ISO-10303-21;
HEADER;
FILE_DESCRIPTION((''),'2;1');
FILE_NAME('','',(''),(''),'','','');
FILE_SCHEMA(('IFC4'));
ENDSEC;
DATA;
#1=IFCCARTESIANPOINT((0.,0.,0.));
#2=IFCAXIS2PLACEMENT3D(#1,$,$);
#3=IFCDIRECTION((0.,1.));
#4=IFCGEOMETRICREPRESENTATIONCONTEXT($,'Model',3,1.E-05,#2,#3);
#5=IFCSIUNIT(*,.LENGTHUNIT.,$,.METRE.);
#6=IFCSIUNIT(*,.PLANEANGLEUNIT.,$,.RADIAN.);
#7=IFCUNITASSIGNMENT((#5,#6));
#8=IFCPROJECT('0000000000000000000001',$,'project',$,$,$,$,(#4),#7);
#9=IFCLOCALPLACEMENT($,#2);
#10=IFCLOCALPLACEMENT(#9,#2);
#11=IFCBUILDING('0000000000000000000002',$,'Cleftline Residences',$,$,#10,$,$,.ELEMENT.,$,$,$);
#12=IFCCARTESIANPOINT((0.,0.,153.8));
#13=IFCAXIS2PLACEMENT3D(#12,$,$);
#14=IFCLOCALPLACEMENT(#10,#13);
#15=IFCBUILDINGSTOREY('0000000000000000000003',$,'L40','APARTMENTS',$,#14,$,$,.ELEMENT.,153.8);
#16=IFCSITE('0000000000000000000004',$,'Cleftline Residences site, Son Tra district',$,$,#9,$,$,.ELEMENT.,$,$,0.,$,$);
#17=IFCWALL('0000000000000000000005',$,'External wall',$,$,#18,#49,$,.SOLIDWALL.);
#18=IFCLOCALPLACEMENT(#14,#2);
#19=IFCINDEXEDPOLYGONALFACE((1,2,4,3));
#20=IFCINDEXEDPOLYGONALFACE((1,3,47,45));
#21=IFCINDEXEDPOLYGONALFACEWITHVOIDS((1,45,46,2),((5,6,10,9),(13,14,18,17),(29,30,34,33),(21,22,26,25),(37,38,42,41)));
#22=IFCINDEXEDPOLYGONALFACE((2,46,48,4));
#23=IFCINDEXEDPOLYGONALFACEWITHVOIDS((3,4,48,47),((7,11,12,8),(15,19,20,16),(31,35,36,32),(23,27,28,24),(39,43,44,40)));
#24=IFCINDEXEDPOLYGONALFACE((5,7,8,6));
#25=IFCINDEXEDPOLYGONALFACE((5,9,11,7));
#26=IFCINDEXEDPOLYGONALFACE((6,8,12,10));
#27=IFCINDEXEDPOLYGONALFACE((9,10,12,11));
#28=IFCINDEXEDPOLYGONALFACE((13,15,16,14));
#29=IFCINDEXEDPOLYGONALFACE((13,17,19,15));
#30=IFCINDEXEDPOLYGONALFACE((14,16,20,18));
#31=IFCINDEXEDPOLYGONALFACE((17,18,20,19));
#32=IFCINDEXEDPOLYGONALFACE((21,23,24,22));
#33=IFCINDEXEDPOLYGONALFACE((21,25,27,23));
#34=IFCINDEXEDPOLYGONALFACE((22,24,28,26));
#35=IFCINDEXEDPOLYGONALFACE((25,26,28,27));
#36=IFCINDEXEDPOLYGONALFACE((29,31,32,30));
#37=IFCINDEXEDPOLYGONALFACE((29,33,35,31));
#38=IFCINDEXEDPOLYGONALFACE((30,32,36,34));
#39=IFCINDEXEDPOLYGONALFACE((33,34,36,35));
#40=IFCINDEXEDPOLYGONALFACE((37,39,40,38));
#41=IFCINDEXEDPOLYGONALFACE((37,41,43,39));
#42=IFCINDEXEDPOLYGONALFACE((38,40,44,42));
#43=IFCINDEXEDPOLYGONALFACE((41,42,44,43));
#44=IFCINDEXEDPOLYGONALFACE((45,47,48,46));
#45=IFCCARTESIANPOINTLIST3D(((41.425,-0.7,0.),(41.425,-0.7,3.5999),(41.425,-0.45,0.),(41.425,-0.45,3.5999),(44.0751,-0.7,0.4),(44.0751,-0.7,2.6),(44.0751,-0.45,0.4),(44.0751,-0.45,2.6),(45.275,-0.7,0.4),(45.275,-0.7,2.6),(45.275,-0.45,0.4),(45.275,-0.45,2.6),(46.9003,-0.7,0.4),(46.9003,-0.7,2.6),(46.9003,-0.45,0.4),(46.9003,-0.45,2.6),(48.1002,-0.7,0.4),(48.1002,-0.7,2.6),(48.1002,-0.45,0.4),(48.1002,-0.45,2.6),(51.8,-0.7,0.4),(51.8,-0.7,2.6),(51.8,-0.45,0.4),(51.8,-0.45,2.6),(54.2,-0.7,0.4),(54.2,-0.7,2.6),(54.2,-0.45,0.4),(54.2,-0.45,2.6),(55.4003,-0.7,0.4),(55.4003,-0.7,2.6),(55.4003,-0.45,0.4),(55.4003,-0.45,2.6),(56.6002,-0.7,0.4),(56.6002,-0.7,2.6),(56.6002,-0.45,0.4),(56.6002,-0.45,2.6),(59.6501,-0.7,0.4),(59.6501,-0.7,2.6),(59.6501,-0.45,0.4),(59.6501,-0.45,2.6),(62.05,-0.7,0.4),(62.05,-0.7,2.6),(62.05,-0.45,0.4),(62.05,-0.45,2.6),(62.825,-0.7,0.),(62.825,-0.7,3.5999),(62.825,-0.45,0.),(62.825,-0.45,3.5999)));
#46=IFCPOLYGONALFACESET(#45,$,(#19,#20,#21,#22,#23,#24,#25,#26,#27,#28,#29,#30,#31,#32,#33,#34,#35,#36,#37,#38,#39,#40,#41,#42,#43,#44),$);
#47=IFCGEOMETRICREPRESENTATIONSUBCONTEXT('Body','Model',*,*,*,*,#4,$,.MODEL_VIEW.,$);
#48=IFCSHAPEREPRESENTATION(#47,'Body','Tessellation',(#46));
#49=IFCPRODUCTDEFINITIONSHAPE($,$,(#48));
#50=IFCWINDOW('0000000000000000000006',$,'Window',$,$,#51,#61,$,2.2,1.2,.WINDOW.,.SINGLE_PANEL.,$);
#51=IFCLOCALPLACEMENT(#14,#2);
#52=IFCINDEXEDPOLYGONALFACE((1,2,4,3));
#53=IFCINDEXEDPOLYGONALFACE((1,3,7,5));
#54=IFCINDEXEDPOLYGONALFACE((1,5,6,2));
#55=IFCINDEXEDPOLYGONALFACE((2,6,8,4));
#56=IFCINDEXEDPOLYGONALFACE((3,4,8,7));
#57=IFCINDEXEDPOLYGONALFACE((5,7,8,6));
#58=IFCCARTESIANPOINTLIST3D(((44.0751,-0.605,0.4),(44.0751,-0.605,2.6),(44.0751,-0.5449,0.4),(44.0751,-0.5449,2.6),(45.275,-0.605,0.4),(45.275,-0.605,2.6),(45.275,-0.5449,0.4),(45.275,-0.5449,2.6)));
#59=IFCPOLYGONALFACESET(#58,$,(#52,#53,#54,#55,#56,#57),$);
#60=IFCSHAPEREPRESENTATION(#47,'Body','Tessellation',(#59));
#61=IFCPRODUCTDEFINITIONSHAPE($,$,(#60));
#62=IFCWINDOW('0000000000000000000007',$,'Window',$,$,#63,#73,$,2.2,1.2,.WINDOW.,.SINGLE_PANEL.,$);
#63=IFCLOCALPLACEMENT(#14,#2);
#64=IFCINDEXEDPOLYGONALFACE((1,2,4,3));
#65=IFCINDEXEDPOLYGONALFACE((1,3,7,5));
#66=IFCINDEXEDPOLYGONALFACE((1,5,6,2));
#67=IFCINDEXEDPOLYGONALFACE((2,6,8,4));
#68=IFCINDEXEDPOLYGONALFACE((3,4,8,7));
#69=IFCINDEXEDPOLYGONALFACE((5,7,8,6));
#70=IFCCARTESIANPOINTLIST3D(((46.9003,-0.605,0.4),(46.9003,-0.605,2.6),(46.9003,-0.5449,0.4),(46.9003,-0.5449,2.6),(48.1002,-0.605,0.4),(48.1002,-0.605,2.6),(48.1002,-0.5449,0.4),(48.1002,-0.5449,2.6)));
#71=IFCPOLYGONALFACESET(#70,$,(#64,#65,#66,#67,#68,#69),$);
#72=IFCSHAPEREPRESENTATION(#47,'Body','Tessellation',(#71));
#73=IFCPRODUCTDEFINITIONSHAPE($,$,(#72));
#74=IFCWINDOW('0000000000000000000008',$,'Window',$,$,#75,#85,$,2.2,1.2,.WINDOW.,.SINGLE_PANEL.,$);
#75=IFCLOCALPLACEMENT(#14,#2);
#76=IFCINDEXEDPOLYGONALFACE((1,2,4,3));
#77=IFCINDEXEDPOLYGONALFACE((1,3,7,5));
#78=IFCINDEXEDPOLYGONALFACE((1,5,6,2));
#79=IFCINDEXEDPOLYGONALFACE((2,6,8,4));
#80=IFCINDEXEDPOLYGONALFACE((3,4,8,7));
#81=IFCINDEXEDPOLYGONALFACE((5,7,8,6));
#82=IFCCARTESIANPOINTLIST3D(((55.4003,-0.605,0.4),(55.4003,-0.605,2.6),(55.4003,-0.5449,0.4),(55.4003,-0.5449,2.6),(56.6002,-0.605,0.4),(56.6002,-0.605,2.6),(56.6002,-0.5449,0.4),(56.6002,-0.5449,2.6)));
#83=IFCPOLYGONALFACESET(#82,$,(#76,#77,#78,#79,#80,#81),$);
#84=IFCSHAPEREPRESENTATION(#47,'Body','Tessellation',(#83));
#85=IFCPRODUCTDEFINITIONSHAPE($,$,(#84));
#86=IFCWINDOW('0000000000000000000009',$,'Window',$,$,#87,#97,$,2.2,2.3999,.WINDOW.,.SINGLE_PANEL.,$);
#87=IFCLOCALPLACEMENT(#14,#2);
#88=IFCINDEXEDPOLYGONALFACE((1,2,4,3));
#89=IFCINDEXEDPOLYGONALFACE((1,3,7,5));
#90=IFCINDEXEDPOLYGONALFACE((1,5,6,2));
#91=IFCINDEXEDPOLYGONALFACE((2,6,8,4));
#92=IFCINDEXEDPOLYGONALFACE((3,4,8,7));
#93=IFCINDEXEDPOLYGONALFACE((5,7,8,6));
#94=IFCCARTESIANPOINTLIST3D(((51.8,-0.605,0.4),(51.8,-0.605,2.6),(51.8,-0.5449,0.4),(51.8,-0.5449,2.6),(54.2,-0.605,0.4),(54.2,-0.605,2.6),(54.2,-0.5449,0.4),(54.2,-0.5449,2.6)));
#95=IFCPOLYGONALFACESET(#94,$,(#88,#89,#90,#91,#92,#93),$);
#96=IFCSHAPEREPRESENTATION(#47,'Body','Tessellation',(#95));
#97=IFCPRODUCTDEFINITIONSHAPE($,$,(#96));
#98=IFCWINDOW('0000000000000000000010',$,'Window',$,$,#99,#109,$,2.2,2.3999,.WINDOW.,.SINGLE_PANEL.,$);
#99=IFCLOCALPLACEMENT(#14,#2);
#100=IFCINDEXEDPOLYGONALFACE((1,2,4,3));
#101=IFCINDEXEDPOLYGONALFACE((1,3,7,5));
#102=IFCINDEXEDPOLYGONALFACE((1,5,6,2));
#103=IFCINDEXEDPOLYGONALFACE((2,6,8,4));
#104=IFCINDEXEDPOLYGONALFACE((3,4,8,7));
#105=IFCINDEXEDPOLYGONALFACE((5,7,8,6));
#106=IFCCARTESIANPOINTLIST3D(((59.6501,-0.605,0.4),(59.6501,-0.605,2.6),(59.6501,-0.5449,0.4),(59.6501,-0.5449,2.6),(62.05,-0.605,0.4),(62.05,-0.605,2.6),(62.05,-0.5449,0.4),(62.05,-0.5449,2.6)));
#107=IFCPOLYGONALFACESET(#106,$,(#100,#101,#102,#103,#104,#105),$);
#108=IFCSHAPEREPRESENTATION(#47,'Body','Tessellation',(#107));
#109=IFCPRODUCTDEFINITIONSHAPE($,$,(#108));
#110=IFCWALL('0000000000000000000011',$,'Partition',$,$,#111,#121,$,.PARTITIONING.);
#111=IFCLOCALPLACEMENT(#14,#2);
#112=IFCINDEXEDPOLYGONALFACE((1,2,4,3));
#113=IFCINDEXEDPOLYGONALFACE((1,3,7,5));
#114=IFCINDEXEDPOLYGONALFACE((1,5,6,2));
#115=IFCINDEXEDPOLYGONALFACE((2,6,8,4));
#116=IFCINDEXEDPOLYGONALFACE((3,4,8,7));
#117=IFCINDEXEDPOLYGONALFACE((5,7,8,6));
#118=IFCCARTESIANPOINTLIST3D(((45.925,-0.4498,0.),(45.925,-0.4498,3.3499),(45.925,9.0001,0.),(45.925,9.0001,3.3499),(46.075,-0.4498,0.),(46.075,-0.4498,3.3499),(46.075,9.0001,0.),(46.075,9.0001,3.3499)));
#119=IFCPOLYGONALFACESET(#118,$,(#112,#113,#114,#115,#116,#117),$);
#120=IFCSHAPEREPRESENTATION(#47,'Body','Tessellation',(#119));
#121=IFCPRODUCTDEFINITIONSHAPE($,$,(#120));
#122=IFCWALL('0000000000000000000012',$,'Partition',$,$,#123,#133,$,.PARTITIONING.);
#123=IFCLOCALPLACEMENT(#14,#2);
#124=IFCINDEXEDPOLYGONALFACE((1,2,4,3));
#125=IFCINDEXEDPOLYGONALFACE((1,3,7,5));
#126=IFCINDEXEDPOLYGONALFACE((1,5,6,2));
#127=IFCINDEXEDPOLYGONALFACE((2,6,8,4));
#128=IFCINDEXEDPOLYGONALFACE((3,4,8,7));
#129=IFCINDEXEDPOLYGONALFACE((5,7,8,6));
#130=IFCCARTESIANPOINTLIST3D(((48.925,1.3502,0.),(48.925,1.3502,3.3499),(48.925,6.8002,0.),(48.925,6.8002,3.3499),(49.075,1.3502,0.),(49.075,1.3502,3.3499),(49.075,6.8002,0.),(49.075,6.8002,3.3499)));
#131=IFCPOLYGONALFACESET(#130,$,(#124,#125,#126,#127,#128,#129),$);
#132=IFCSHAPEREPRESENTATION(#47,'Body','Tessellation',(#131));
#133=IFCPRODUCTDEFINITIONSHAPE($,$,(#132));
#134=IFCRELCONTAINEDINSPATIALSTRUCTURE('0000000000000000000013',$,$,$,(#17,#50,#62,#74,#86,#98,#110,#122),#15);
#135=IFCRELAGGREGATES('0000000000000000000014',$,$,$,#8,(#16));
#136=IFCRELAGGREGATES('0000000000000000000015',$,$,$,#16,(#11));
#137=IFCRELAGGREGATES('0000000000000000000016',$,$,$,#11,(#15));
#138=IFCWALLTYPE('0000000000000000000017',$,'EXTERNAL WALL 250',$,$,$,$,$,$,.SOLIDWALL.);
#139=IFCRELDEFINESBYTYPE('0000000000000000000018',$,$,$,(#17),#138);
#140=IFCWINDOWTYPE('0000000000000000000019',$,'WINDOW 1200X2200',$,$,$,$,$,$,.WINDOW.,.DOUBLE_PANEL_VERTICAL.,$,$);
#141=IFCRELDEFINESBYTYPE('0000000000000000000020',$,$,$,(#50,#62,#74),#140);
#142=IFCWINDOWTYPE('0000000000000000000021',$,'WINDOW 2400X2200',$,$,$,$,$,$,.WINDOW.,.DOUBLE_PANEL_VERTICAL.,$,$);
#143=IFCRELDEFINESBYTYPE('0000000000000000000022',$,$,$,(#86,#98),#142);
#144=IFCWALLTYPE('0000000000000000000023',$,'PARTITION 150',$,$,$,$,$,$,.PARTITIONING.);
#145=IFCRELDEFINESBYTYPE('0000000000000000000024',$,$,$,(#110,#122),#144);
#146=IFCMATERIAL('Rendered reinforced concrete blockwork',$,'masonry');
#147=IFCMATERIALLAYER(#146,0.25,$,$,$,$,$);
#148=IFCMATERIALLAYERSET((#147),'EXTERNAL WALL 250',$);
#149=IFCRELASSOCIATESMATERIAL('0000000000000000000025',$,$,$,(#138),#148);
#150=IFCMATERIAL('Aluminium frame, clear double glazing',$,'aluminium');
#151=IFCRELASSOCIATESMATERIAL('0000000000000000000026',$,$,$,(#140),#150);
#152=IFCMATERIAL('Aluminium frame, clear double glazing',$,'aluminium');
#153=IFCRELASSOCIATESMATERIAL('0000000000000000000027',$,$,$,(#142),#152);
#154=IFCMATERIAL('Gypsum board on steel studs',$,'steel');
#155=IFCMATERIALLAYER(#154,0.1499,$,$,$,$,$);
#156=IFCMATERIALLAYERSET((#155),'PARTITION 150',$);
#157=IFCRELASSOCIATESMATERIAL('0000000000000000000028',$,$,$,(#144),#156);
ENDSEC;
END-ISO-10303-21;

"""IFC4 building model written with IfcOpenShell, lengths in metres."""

from ifc_helpers import new_model, si_unit, direction, frame, frame_2d, origin, place, context, subcontext, project, spatial, rectangle, extrude, material, layer, layer_set, type_object, element, fill, save


model = new_model("IFC4")

# Units and contexts
model_context = context("Model", 3, precision=1e-05, world=origin(), true_north=direction((0.0, 1.0)))
body_context = subcontext(model_context, "Body", "Model", "MODEL_VIEW")
ifc_project = project(units=[si_unit("LENGTHUNIT", "METRE"), si_unit("PLANEANGLEUNIT", "RADIAN")], contexts=[model_context])

# Site, building, storey
site_placement = place(None, origin())
site = spatial("IfcSite", under=ifc_project, at=site_placement, Name="Cleftline Residences site, Son Tra district", CompositionType="ELEMENT", RefElevation=0.0)
building_placement = place(site_placement, origin())
building = spatial("IfcBuilding", under=site, at=building_placement, Name="Cleftline Residences", CompositionType="ELEMENT")
storey_placement = place(building_placement, frame((0.0, 0.0, 153.8)))
storey = spatial("IfcBuildingStorey", under=building, at=storey_placement, Name="L40", Description="APARTMENTS", CompositionType="ELEMENT", Elevation=153.8)

# Wall, openings, windows
ifc_material_1 = material(Name="Rendered reinforced concrete blockwork", Category="masonry")
ifc_layer_1 = layer(ifc_material_1, 0.25)
ifc_layer_set_1 = layer_set([ifc_layer_1], Name="EXTERNAL WALL 250")
wall_type_1 = type_object("IfcWallType", Name="EXTERNAL WALL 250", PredefinedType="SOLIDWALL", material=ifc_layer_set_1)
wall_1_placement = place(storey_placement, frame((41.425, -0.575, 0.0), z_axis=(0.0, 0.0, 1.0), x_axis=(1.0, 0.0, 0.0)))
wall_1 = element("IfcWall", 1, at=wall_1_placement, inside=storey, type_object=wall_type_1, Name="External wall", PredefinedType="SOLIDWALL", context=body_context, shape_type="SweptSolid", body=[
    extrude(rectangle(XDim=21.3999, YDim=0.25, at=frame_2d((10.7, 0.0))), origin(), (0.0, 0.0, 1.0), 3.5999),
])
opening_1_placement = place(wall_1_placement, frame((2.6499, 0.0, 0.3999)))
opening_1 = element("IfcOpeningElement", 2, at=opening_1_placement, cuts=wall_1, PredefinedType="OPENING", context=body_context, shape_type="SweptSolid", body=[
    extrude(rectangle(XDim=1.2, YDim=2.2, at=frame_2d((0.6001, 1.1001))), frame((0.0, 0.135, 0.0), z_axis=(0.0, -1.0, 0.0), x_axis=(1.0, 0.0, 0.0)), (0.0, 0.0, 1.0), 0.27),
])
opening_2_placement = place(wall_1_placement, frame((5.4751, 0.0, 0.3999)))
opening_2 = element("IfcOpeningElement", 3, at=opening_2_placement, cuts=wall_1, PredefinedType="OPENING", context=body_context, shape_type="SweptSolid", body=[
    extrude(rectangle(XDim=1.2, YDim=2.2, at=frame_2d((0.6001, 1.1001))), frame((0.0, 0.135, 0.0), z_axis=(0.0, -1.0, 0.0), x_axis=(1.0, 0.0, 0.0)), (0.0, 0.0, 1.0), 0.27),
])
opening_3_placement = place(wall_1_placement, frame((10.375, 0.0, 0.3999)))
opening_3 = element("IfcOpeningElement", 4, at=opening_3_placement, cuts=wall_1, PredefinedType="OPENING", context=body_context, shape_type="SweptSolid", body=[
    extrude(rectangle(XDim=2.3999, YDim=2.2, at=frame_2d((1.2, 1.1001))), frame((0.0, 0.135, 0.0), z_axis=(0.0, -1.0, 0.0), x_axis=(1.0, 0.0, 0.0)), (0.0, 0.0, 1.0), 0.27),
])
opening_4_placement = place(wall_1_placement, frame((13.9751, 0.0, 0.3999)))
opening_4 = element("IfcOpeningElement", 5, at=opening_4_placement, cuts=wall_1, PredefinedType="OPENING", context=body_context, shape_type="SweptSolid", body=[
    extrude(rectangle(XDim=1.2, YDim=2.2, at=frame_2d((0.6001, 1.1001))), frame((0.0, 0.135, 0.0), z_axis=(0.0, -1.0, 0.0), x_axis=(1.0, 0.0, 0.0)), (0.0, 0.0, 1.0), 0.27),
])
opening_5_placement = place(wall_1_placement, frame((18.2251, 0.0, 0.3999)))
opening_5 = element("IfcOpeningElement", 6, at=opening_5_placement, cuts=wall_1, PredefinedType="OPENING", context=body_context, shape_type="SweptSolid", body=[
    extrude(rectangle(XDim=2.3999, YDim=2.2, at=frame_2d((1.2, 1.1001))), frame((0.0, 0.135, 0.0), z_axis=(0.0, -1.0, 0.0), x_axis=(1.0, 0.0, 0.0)), (0.0, 0.0, 1.0), 0.27),
])
ifc_material_2 = material(Name="Aluminium frame, clear double glazing", Category="aluminium")
window_type_1 = type_object("IfcWindowType", Name="WINDOW 1200X2200", PartitioningType="DOUBLE_PANEL_VERTICAL", PredefinedType="WINDOW", material=ifc_material_2)
window_1_placement = place(opening_1_placement, origin())
window_1 = element("IfcWindow", 7, at=window_1_placement, inside=storey, type_object=window_type_1, Name="Window", OverallHeight=2.2, OverallWidth=1.2, PartitioningType="SINGLE_PANEL", PredefinedType="WINDOW", context=body_context, shape_type="SweptSolid", body=[
    extrude(rectangle(XDim=1.2, YDim=2.2, at=frame_2d((0.6001, 1.1001))), frame((0.0, 0.03, 0.0), z_axis=(0.0, -1.0, 0.0), x_axis=(1.0, 0.0, 0.0)), (0.0, 0.0, 1.0), 0.0601),
])
fill(opening_1, window_1)
window_2_placement = place(opening_2_placement, origin())
window_2 = element("IfcWindow", 8, at=window_2_placement, inside=storey, type_object=window_type_1, Name="Window", OverallHeight=2.2, OverallWidth=1.2, PartitioningType="SINGLE_PANEL", PredefinedType="WINDOW", context=body_context, shape_type="SweptSolid", body=[
    extrude(rectangle(XDim=1.2, YDim=2.2, at=frame_2d((0.6001, 1.1001))), frame((0.0, 0.03, 0.0), z_axis=(0.0, -1.0, 0.0), x_axis=(1.0, 0.0, 0.0)), (0.0, 0.0, 1.0), 0.0601),
])
fill(opening_2, window_2)
window_3_placement = place(opening_4_placement, origin())
window_3 = element("IfcWindow", 9, at=window_3_placement, inside=storey, type_object=window_type_1, Name="Window", OverallHeight=2.2, OverallWidth=1.2, PartitioningType="SINGLE_PANEL", PredefinedType="WINDOW", context=body_context, shape_type="SweptSolid", body=[
    extrude(rectangle(XDim=1.2, YDim=2.2, at=frame_2d((0.6001, 1.1001))), frame((0.0, 0.03, 0.0), z_axis=(0.0, -1.0, 0.0), x_axis=(1.0, 0.0, 0.0)), (0.0, 0.0, 1.0), 0.0601),
])
fill(opening_4, window_3)
ifc_material_3 = material(Name="Aluminium frame, clear double glazing", Category="aluminium")
window_type_2 = type_object("IfcWindowType", Name="WINDOW 2400X2200", PartitioningType="DOUBLE_PANEL_VERTICAL", PredefinedType="WINDOW", material=ifc_material_3)
window_4_placement = place(opening_3_placement, origin())
window_4 = element("IfcWindow", 10, at=window_4_placement, inside=storey, type_object=window_type_2, Name="Window", OverallHeight=2.2, OverallWidth=2.3999, PartitioningType="SINGLE_PANEL", PredefinedType="WINDOW", context=body_context, shape_type="SweptSolid", body=[
    extrude(rectangle(XDim=2.3999, YDim=2.2, at=frame_2d((1.2, 1.1001))), frame((0.0, 0.03, 0.0), z_axis=(0.0, -1.0, 0.0), x_axis=(1.0, 0.0, 0.0)), (0.0, 0.0, 1.0), 0.0601),
])
fill(opening_3, window_4)
window_5_placement = place(opening_5_placement, origin())
window_5 = element("IfcWindow", 11, at=window_5_placement, inside=storey, type_object=window_type_2, Name="Window", OverallHeight=2.2, OverallWidth=2.3999, PartitioningType="SINGLE_PANEL", PredefinedType="WINDOW", context=body_context, shape_type="SweptSolid", body=[
    extrude(rectangle(XDim=2.3999, YDim=2.2, at=frame_2d((1.2, 1.1001))), frame((0.0, 0.03, 0.0), z_axis=(0.0, -1.0, 0.0), x_axis=(1.0, 0.0, 0.0)), (0.0, 0.0, 1.0), 0.0601),
])
fill(opening_5, window_5)

# Walls
ifc_material_4 = material(Name="Gypsum board on steel studs", Category="steel")
ifc_layer_2 = layer(ifc_material_4, 0.1499)
ifc_layer_set_2 = layer_set([ifc_layer_2], Name="PARTITION 150")
wall_type_2 = type_object("IfcWallType", Name="PARTITION 150", PredefinedType="PARTITIONING", material=ifc_layer_set_2)
wall_2_placement = place(storey_placement, frame((46.0, -0.45, 0.0), z_axis=(0.0, 0.0, 1.0), x_axis=(0.0, 1.0, 0.0)))
element("IfcWall", 12, at=wall_2_placement, inside=storey, type_object=wall_type_2, Name="Partition", PredefinedType="PARTITIONING", context=body_context, shape_type="SweptSolid", body=[
    extrude(rectangle(XDim=9.45, YDim=0.1499, at=frame_2d((4.7251, 0.0))), origin(), (0.0, 0.0, 1.0), 3.3499),
])
wall_3_placement = place(storey_placement, frame((49.0, 1.3501, 0.0), z_axis=(0.0, 0.0, 1.0), x_axis=(0.0, 1.0, 0.0)))
element("IfcWall", 13, at=wall_3_placement, inside=storey, type_object=wall_type_2, Name="Partition", PredefinedType="PARTITIONING", context=body_context, shape_type="SweptSolid", body=[
    extrude(rectangle(XDim=5.45, YDim=0.1499, at=frame_2d((2.7251, 0.0))), origin(), (0.0, 0.0, 1.0), 3.3499),
])

save(model, "model.ifc")
